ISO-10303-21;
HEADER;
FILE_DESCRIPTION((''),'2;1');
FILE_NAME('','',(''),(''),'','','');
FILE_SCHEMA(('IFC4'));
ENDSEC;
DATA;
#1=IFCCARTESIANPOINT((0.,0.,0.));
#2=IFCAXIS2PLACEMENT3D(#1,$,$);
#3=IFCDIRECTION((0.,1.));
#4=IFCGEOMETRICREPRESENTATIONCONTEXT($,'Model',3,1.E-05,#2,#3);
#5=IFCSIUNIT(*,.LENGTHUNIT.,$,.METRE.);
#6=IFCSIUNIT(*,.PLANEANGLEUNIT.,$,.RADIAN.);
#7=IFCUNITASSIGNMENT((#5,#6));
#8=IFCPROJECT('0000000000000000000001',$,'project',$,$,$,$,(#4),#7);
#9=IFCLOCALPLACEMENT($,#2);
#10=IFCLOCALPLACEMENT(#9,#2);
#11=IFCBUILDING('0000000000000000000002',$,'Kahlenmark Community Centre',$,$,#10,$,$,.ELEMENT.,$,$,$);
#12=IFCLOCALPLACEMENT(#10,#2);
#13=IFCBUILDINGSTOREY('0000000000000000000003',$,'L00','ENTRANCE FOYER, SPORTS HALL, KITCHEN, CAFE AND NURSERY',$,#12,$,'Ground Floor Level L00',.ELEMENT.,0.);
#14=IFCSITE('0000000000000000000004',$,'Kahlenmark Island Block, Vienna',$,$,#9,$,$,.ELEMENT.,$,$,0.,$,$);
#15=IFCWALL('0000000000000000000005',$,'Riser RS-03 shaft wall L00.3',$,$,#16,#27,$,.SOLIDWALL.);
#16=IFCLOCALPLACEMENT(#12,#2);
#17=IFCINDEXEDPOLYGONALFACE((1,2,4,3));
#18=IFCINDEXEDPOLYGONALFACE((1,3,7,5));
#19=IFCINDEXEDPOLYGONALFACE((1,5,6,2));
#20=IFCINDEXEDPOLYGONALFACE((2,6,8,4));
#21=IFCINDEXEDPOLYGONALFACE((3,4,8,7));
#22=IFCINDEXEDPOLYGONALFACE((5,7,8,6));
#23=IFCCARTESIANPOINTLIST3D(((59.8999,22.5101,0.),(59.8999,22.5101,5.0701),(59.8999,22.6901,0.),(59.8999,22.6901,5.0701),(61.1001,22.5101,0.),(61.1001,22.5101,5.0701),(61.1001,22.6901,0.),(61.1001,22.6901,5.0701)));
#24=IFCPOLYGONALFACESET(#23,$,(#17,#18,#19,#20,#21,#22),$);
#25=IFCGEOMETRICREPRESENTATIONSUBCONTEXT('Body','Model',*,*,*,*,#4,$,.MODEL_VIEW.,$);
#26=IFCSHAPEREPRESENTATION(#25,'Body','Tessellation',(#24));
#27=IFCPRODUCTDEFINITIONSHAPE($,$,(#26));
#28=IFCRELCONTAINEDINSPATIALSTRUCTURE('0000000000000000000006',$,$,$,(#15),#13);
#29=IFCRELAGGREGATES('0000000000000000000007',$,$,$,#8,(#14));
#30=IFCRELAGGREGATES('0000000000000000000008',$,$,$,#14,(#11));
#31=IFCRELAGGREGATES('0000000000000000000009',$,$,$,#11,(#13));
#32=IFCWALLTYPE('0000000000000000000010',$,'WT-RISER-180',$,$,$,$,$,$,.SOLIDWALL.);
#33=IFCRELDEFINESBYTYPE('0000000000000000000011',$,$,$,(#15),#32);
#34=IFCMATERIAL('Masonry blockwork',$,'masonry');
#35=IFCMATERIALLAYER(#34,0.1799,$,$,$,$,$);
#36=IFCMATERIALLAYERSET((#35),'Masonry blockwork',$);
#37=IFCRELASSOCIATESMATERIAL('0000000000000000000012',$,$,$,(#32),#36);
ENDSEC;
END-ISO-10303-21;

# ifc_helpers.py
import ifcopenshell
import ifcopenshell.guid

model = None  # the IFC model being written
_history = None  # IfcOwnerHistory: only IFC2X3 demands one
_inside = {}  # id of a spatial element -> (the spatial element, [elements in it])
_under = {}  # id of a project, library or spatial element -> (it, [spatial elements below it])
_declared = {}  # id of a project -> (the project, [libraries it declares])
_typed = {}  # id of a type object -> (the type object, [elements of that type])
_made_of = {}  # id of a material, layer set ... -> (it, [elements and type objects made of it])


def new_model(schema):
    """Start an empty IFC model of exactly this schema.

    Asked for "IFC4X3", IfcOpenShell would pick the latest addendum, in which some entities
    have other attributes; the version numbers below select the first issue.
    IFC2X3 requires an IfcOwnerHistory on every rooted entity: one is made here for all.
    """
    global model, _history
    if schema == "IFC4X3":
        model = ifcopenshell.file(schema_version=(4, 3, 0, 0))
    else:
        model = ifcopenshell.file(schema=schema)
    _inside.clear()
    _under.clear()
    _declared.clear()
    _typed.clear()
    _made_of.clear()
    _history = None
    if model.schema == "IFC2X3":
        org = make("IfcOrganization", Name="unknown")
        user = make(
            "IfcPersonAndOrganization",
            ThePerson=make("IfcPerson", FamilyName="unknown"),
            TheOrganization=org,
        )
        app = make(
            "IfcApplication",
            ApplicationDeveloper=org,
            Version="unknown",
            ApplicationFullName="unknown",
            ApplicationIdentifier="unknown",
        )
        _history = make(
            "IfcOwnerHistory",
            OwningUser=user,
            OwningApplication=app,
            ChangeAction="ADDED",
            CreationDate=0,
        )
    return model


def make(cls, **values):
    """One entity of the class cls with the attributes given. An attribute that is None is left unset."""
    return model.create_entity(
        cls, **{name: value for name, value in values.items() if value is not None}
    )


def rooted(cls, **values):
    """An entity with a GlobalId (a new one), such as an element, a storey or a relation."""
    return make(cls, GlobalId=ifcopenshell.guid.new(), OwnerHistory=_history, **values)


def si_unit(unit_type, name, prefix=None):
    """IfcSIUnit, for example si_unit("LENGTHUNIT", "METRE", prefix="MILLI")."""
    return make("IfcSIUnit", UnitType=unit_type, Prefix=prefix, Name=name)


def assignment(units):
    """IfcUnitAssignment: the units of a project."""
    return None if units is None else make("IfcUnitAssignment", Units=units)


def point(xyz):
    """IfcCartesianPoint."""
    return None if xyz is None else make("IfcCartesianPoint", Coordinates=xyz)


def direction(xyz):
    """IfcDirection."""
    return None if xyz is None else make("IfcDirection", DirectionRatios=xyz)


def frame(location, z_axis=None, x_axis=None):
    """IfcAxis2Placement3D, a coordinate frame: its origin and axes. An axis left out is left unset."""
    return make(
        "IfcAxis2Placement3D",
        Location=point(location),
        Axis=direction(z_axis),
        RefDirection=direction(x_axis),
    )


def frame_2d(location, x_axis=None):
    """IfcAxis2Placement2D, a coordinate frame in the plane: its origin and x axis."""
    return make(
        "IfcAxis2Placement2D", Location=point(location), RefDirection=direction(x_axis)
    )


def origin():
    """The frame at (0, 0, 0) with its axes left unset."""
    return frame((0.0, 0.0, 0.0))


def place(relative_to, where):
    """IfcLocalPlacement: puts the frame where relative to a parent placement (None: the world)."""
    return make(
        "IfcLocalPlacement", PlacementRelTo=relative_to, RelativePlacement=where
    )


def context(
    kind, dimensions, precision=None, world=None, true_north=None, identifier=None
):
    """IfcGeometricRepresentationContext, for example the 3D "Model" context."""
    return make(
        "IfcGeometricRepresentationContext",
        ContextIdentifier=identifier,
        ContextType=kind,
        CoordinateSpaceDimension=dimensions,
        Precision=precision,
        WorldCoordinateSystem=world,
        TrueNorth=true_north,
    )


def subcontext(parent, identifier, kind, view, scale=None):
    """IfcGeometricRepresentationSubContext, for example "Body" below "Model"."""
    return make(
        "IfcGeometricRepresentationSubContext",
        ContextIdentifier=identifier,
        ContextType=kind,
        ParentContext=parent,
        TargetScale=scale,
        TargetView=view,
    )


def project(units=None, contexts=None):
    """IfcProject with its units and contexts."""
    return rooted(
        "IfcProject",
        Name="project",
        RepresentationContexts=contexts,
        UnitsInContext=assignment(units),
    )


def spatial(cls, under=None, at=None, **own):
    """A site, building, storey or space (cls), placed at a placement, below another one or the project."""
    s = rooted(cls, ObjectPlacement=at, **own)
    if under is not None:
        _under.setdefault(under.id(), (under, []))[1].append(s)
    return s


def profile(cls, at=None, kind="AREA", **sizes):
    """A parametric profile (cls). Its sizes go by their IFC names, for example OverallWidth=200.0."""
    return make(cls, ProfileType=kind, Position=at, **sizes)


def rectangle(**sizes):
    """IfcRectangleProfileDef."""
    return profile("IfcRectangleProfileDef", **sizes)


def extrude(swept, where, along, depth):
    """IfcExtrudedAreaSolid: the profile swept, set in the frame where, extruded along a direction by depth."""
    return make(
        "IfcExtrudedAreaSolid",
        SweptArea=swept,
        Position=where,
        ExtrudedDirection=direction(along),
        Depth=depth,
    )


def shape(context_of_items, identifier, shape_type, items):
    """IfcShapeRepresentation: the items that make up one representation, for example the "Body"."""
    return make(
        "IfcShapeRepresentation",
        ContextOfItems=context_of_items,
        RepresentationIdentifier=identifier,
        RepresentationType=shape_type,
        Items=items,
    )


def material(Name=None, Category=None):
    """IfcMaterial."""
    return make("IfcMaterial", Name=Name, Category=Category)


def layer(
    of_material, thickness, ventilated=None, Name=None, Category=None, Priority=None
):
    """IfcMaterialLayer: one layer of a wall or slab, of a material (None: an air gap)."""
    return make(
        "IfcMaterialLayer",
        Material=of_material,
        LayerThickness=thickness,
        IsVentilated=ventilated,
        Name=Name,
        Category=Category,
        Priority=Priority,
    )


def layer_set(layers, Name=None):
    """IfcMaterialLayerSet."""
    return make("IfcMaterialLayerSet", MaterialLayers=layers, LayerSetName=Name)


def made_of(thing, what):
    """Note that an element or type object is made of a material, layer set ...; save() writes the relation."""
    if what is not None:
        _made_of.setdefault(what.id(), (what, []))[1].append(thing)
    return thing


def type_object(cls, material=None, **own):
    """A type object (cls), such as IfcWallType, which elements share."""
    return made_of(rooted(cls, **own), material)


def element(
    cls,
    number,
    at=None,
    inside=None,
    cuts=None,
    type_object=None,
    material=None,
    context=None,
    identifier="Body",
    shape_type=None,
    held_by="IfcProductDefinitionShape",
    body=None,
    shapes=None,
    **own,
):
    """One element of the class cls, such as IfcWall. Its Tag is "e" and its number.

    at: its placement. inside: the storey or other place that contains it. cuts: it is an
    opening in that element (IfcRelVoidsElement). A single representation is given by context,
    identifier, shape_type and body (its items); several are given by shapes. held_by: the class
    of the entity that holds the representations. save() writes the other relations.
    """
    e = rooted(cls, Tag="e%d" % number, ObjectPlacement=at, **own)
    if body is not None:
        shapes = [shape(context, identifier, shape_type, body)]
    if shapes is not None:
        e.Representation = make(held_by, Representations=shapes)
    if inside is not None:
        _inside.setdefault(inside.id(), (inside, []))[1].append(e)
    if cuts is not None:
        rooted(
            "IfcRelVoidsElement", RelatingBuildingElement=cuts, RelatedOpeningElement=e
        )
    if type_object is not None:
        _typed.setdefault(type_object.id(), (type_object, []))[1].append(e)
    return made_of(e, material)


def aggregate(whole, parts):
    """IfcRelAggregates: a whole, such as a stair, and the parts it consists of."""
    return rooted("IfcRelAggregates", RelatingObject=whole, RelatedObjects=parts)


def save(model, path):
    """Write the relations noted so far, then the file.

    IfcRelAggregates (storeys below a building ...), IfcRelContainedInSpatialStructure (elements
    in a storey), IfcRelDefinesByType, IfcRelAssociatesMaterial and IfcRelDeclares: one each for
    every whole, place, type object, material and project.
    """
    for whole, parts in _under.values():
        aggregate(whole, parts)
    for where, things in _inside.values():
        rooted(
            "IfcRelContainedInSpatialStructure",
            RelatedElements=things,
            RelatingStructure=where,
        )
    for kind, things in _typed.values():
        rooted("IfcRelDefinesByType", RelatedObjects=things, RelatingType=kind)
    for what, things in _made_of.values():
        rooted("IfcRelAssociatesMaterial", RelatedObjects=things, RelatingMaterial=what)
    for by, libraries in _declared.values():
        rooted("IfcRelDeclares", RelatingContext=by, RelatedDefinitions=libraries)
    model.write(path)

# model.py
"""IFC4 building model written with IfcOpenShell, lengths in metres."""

from ifc_helpers import new_model, si_unit, direction, frame, frame_2d, origin, place, context, subcontext, project, spatial, rectangle, extrude, material, layer, layer_set, type_object, element, save


model = new_model("IFC4")

# Units and contexts
model_context = context("Model", 3, precision=1e-05, world=origin(), true_north=direction((0.0, 1.0)))
body_context = subcontext(model_context, "Body", "Model", "MODEL_VIEW")
ifc_project = project(units=[si_unit("LENGTHUNIT", "METRE"), si_unit("PLANEANGLEUNIT", "RADIAN")], contexts=[model_context])

# Site, building, storey
site_placement = place(None, origin())
site = spatial("IfcSite", under=ifc_project, at=site_placement, Name="Kahlenmark Island Block, Vienna", CompositionType="ELEMENT", RefElevation=0.0)
building_placement = place(site_placement, origin())
building = spatial("IfcBuilding", under=site, at=building_placement, Name="Kahlenmark Community Centre", CompositionType="ELEMENT")
storey_placement = place(building_placement, origin())
storey = spatial("IfcBuildingStorey", under=building, at=storey_placement, Name="L00", Description="ENTRANCE FOYER, SPORTS HALL, KITCHEN, CAFE AND NURSERY", LongName="Ground Floor Level L00", CompositionType="ELEMENT", Elevation=0.0)

# Wall
ifc_material_1 = material(Name="Masonry blockwork", Category="masonry")
ifc_layer_1 = layer(ifc_material_1, 0.1799)
ifc_layer_set_1 = layer_set([ifc_layer_1], Name="Masonry blockwork")
wall_type_1 = type_object("IfcWallType", Name="WT-RISER-180", PredefinedType="SOLIDWALL", material=ifc_layer_set_1)
for number, where, z_axis, x_axis, name in (
    (1, (61.1001, 22.6001, 0.0), (0.0, 0.0, 1.0), (-1.0, 0.0, 0.0), "Riser RS-03 shaft wall L00.3"),
):
    element("IfcWall", number, at=place(storey_placement, frame(where, z_axis=z_axis, x_axis=x_axis)), inside=storey, type_object=wall_type_1, Name=name, PredefinedType="SOLIDWALL", context=body_context, shape_type="SweptSolid", body=[
        extrude(rectangle(XDim=1.2002, YDim=0.1799, at=frame_2d((0.6001, 0.0))), origin(), (0.0, 0.0, 1.0), 5.0701),
    ])

save(model, "model.ifc")
